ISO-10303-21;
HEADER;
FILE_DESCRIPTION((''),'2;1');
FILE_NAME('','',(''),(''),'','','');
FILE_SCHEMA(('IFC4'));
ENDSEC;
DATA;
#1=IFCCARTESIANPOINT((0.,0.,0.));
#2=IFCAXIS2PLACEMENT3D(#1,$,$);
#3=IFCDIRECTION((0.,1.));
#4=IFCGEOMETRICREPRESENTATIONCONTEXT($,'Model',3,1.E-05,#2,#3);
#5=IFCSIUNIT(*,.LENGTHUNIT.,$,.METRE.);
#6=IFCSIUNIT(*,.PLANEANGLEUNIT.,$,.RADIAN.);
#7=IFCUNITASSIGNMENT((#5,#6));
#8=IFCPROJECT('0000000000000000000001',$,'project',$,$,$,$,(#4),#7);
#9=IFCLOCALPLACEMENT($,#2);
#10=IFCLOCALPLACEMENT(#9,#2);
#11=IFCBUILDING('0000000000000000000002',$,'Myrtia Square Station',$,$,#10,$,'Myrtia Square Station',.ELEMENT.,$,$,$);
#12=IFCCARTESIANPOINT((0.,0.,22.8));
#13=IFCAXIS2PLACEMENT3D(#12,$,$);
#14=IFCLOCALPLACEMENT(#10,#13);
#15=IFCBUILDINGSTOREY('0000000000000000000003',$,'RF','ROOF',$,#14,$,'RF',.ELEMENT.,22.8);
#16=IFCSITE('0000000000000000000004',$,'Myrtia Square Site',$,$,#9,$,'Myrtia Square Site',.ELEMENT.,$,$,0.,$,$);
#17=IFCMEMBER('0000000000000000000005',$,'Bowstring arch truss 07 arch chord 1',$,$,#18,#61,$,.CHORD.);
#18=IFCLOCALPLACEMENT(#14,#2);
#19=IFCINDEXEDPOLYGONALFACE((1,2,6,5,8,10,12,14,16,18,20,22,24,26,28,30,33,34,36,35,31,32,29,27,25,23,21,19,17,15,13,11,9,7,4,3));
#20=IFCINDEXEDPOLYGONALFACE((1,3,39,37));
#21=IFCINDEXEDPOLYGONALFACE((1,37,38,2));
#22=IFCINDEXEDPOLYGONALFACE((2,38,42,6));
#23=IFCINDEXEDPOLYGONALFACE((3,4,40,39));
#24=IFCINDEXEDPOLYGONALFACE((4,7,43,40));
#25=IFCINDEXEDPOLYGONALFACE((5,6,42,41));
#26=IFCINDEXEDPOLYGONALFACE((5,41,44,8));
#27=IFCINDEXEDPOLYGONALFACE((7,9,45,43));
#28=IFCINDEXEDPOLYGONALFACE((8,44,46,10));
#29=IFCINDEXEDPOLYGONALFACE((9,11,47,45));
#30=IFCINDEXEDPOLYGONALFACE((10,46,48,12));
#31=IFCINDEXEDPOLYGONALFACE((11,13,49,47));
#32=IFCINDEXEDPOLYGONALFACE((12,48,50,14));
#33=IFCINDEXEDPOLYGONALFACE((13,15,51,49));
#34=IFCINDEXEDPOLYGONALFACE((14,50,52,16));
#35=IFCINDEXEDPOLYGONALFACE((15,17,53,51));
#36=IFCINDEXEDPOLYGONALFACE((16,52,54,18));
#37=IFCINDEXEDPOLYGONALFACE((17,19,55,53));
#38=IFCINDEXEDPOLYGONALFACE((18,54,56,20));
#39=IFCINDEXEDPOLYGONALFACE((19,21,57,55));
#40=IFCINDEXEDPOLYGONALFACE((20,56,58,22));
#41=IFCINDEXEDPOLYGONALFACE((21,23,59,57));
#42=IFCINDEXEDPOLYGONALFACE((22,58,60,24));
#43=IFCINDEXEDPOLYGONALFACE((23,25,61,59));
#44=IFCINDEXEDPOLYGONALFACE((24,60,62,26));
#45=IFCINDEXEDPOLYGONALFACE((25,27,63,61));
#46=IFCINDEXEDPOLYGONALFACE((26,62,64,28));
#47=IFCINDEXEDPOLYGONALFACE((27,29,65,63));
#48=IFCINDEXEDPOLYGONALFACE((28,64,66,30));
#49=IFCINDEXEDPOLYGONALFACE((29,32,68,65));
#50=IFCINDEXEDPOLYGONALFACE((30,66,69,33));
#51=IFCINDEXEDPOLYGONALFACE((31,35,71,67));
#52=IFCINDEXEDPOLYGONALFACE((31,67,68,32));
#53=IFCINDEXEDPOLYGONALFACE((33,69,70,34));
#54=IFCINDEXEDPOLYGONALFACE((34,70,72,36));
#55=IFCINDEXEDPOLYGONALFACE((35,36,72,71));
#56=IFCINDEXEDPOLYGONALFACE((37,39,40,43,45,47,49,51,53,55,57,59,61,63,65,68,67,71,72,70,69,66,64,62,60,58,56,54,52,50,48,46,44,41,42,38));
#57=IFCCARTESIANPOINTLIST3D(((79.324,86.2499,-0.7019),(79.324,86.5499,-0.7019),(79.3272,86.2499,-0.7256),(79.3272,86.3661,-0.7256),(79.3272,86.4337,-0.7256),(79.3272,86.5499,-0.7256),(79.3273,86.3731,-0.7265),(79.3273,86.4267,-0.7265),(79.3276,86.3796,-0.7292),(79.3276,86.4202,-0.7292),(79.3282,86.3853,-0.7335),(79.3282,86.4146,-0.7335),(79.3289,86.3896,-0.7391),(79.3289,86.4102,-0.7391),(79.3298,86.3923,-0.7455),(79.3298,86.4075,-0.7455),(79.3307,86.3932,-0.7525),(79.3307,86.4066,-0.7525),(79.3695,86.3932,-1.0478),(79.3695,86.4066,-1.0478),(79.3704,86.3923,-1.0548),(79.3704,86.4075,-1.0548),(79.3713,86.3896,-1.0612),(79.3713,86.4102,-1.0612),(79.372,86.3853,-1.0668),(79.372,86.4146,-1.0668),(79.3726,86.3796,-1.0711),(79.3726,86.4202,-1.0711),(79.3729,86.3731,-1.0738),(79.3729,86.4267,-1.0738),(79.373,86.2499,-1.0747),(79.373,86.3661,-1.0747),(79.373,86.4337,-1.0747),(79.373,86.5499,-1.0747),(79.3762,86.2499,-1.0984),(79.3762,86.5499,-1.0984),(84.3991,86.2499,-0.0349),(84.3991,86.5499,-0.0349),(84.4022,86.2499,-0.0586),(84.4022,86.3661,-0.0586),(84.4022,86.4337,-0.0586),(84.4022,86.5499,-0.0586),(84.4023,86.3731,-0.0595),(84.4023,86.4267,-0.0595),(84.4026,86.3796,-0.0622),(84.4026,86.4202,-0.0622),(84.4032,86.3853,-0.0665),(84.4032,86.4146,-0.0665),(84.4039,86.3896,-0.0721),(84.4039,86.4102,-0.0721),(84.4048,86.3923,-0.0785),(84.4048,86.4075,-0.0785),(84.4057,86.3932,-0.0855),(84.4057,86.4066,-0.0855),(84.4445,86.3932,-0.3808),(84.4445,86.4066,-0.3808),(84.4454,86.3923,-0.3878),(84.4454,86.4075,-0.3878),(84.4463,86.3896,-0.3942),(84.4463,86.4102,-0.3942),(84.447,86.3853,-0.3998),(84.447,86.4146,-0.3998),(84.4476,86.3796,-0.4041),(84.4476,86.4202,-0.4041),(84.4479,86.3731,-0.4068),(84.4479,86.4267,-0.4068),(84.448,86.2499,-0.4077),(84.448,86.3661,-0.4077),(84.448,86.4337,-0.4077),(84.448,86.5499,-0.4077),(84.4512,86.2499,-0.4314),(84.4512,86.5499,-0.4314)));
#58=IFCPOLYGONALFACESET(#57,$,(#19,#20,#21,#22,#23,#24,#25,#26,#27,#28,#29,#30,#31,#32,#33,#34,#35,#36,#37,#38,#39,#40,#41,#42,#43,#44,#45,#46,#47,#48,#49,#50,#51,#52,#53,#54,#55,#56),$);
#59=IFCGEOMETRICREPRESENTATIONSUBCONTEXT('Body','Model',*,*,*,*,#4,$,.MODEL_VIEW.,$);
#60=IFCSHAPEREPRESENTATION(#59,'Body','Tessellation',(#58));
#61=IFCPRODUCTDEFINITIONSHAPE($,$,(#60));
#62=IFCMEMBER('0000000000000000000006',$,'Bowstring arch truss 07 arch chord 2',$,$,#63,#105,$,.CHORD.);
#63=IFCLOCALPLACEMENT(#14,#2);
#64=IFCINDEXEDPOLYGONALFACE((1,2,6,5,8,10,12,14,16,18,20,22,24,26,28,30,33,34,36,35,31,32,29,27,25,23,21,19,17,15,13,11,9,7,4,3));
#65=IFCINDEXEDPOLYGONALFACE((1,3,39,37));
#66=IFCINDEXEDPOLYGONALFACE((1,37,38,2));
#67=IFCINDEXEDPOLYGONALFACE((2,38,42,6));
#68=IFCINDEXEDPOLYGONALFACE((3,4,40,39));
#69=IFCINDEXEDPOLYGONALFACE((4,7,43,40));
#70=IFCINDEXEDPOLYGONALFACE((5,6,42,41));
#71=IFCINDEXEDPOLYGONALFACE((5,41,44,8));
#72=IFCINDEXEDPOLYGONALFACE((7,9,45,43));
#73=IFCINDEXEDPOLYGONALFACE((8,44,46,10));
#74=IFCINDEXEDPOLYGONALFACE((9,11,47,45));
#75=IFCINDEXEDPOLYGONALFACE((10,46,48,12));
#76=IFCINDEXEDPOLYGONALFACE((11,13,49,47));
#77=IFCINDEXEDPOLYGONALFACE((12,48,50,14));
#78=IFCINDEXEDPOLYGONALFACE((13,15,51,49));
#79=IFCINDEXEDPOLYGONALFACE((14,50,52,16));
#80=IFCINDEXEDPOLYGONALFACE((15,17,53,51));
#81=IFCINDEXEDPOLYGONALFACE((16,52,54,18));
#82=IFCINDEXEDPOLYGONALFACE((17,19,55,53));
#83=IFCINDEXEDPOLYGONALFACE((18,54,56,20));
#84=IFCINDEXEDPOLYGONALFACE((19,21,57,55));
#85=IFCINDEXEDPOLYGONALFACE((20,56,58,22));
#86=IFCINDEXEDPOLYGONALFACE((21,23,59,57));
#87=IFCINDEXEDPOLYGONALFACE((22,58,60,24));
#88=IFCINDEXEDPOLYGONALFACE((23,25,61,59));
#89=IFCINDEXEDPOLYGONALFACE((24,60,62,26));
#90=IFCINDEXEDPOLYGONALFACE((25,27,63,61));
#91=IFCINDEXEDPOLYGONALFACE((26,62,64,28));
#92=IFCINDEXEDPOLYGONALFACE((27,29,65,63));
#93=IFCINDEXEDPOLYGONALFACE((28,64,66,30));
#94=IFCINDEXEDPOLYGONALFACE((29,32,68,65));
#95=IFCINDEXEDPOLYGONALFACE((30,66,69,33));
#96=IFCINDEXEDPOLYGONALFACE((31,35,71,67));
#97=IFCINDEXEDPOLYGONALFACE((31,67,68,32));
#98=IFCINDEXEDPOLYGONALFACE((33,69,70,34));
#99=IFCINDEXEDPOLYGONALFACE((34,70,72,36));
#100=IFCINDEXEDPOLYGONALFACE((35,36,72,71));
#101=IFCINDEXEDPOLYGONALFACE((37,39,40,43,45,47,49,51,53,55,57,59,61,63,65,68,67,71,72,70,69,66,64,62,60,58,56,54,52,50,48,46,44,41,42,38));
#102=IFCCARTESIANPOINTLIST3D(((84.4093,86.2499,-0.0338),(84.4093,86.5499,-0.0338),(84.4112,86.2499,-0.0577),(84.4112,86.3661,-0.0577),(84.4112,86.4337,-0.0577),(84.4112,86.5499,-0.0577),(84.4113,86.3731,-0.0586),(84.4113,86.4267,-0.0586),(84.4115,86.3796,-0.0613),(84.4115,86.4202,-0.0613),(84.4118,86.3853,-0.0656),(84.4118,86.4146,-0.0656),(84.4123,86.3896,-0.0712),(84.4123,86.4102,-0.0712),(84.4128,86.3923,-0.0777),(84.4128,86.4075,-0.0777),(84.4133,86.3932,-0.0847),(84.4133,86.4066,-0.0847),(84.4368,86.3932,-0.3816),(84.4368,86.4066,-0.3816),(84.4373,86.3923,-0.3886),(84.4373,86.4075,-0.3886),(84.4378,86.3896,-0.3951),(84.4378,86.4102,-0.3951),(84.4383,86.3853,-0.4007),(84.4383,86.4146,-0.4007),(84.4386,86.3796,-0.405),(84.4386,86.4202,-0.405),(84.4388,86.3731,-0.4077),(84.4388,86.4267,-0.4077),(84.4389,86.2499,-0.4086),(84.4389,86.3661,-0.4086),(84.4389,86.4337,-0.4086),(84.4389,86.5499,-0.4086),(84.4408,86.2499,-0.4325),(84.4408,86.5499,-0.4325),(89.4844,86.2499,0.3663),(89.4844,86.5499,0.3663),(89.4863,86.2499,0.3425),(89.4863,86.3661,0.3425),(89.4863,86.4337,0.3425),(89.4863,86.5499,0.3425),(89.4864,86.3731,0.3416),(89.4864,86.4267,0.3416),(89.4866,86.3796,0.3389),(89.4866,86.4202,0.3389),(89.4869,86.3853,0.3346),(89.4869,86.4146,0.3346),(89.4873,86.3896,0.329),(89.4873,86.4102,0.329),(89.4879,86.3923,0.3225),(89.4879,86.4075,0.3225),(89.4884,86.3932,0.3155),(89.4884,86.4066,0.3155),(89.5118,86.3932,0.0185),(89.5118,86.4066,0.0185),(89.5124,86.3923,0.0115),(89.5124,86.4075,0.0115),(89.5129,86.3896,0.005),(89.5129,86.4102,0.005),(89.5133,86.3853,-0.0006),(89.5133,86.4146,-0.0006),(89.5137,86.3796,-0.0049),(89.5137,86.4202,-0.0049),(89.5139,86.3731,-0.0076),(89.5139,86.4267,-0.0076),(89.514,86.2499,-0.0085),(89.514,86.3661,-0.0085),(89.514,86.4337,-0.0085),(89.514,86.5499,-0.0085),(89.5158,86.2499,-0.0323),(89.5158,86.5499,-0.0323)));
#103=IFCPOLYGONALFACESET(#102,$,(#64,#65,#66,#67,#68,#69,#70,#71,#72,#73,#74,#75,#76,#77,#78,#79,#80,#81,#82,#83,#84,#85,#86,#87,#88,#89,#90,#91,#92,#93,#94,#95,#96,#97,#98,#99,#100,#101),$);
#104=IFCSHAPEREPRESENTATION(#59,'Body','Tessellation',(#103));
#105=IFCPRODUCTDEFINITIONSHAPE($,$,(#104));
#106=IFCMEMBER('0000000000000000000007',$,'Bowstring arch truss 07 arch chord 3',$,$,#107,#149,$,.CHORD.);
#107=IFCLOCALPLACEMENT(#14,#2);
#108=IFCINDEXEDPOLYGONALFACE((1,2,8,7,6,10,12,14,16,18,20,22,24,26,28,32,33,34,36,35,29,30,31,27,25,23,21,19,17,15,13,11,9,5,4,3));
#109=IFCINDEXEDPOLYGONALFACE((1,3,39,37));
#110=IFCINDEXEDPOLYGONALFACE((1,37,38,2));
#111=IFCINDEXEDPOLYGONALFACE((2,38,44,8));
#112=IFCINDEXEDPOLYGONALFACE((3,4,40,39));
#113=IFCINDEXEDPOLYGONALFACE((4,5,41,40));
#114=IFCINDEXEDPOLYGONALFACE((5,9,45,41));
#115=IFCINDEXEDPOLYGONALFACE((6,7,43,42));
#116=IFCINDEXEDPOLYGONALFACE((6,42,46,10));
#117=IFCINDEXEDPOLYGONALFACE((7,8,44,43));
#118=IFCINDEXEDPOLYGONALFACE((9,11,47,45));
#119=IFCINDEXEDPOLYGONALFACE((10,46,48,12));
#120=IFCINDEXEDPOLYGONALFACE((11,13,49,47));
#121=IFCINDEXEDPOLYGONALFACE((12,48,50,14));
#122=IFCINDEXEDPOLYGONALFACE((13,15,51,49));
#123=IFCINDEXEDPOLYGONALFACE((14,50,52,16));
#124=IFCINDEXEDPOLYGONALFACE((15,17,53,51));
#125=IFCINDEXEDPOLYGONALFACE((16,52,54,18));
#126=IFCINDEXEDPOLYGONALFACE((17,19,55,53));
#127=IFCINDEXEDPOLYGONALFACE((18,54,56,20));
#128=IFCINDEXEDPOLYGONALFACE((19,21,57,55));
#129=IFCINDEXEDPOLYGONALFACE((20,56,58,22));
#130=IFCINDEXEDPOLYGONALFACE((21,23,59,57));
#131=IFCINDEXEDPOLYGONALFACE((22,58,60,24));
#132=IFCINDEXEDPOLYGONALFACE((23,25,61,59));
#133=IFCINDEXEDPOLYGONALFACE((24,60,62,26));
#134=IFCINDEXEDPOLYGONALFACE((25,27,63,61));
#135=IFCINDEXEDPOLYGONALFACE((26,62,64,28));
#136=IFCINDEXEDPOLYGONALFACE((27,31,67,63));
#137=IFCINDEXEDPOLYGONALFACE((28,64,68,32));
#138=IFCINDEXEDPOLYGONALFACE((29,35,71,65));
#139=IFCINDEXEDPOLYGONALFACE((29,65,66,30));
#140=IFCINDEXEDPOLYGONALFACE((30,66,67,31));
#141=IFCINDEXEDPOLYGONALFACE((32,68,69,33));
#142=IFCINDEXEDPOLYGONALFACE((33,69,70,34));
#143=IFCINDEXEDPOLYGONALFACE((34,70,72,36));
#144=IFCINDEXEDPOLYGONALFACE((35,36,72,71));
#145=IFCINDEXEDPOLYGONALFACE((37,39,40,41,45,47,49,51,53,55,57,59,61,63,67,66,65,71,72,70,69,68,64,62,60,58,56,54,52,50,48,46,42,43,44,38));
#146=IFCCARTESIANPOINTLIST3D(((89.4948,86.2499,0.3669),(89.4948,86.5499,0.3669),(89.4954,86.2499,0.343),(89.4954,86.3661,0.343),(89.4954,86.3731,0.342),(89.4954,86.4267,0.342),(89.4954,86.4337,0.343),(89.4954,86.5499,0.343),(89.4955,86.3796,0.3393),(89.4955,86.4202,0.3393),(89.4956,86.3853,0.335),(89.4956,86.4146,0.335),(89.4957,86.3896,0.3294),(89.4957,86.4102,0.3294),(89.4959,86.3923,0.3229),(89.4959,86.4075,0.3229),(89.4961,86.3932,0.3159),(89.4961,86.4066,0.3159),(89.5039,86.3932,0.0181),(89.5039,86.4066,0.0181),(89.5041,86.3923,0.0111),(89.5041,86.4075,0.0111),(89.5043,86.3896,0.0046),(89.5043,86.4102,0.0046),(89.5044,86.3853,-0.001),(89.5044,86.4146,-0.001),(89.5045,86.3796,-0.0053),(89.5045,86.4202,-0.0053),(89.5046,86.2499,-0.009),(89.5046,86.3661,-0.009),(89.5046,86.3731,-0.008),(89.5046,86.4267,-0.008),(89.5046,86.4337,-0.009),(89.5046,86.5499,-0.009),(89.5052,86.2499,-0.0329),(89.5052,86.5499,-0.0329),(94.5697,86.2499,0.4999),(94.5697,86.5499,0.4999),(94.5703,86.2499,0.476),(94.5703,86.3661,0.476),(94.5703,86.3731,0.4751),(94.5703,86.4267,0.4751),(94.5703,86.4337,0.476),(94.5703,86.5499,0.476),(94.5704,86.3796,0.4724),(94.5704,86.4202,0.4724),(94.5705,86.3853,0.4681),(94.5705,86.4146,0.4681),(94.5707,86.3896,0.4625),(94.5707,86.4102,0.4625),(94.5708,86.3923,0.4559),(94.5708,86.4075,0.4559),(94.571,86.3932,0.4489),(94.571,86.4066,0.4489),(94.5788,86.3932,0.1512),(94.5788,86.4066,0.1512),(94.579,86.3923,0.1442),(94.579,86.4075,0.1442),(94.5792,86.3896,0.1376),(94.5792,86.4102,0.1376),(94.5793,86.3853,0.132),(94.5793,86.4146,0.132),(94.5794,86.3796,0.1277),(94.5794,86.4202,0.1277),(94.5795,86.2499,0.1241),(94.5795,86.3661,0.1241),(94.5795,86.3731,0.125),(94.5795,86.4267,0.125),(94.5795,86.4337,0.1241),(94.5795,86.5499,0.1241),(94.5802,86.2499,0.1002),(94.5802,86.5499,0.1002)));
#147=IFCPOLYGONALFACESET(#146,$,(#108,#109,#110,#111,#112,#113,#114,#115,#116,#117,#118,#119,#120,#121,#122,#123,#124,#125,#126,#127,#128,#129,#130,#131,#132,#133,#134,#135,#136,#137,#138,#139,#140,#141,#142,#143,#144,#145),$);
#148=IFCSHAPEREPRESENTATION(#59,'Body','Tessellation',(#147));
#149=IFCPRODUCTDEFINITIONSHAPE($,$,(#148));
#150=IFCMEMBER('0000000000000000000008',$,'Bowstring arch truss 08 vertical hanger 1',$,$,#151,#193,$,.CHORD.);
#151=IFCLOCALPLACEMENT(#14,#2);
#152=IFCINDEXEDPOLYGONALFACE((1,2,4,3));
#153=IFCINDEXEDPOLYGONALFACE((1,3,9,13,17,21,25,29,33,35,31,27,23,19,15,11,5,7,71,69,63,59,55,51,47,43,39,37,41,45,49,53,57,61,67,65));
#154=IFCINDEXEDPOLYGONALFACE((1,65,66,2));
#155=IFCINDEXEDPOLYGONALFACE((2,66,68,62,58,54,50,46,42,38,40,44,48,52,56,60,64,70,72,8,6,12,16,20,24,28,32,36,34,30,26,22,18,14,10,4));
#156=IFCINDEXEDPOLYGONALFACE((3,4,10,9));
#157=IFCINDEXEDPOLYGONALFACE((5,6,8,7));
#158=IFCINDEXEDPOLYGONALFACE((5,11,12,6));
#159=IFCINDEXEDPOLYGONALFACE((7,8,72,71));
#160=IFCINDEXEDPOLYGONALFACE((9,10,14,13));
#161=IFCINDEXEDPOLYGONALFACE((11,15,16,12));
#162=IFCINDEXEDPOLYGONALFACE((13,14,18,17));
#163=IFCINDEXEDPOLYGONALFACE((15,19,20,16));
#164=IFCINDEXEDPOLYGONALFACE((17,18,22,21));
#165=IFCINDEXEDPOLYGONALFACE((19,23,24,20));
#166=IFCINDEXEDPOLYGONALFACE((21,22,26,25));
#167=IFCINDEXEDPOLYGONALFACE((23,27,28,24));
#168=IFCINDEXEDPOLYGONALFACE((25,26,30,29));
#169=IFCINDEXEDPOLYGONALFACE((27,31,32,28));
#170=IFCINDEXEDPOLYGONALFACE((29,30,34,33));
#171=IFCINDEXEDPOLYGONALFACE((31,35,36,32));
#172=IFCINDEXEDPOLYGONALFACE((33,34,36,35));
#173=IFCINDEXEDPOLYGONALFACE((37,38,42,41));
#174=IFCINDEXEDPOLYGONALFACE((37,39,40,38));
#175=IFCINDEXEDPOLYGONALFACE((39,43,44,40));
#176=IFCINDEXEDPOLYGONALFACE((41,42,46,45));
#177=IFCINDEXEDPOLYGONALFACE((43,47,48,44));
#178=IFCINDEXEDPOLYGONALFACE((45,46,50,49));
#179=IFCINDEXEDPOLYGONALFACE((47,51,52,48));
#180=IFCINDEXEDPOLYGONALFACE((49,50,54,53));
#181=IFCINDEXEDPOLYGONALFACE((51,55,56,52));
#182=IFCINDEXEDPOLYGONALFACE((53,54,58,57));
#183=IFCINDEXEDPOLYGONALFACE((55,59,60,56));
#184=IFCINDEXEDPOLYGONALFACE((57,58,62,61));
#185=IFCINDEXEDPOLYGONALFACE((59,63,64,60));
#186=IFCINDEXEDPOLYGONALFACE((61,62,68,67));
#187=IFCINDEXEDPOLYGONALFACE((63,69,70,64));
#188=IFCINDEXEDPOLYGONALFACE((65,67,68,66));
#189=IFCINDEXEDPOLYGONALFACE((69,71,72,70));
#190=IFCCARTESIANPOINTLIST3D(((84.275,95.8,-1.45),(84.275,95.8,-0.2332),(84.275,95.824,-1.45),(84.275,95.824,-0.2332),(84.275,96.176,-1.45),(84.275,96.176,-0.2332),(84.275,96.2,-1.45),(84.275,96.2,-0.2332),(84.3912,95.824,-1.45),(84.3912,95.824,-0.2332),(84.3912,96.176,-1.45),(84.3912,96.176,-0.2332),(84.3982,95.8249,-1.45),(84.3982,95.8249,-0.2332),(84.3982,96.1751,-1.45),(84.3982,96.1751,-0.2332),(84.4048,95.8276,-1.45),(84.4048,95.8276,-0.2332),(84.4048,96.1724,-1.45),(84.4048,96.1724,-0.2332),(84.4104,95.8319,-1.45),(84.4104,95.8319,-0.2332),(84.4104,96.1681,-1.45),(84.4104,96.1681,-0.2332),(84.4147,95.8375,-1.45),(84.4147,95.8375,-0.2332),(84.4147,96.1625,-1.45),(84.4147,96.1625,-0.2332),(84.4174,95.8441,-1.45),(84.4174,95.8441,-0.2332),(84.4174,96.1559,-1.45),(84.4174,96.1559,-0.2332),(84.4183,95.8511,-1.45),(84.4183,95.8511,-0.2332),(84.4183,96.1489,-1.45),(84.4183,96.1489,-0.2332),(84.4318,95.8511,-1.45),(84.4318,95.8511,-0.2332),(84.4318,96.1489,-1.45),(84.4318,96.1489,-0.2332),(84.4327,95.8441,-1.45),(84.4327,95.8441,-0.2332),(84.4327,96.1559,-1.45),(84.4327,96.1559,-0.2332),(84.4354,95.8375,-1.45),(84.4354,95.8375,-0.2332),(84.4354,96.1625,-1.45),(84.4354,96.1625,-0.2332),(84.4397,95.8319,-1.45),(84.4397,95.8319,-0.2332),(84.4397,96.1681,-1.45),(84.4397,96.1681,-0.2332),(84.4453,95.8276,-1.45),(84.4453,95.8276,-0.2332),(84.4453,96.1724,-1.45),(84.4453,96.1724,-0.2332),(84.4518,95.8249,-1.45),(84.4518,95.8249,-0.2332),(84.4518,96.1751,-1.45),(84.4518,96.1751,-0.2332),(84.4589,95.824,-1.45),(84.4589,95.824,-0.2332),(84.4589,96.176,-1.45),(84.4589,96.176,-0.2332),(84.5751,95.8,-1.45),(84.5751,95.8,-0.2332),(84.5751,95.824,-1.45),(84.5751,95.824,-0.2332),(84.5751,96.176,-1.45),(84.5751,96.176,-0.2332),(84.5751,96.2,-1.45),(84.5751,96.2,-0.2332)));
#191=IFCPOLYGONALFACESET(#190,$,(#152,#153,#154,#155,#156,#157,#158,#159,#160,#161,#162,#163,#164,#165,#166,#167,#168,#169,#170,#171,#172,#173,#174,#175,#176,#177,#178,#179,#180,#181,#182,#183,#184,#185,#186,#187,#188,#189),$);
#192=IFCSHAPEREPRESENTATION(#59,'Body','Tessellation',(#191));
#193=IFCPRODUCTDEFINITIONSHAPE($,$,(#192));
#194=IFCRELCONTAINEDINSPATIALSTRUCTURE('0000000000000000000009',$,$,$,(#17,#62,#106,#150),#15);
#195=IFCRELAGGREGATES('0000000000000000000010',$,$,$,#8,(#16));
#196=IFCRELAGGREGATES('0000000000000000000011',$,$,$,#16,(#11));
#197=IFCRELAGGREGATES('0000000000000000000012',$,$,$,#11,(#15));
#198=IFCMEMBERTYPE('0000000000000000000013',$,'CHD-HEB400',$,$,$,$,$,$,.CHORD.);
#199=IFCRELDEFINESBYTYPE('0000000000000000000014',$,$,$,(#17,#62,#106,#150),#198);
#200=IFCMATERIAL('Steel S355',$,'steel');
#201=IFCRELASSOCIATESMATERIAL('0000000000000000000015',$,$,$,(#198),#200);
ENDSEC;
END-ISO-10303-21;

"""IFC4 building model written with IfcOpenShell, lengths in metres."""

from ifc_helpers import new_model, si_unit, direction, frame, origin, origin_2d, place, context, subcontext, project, spatial, i_section, extrude, material, material_profile, profile_set, type_object, element, save


model = new_model("IFC4")

# Units and contexts
model_context = context("Model", 3, precision=1e-05, world=origin(), true_north=direction((0.0, 1.0)))
body_context = subcontext(model_context, "Body", "Model", "MODEL_VIEW")
ifc_project = project(units=[si_unit("LENGTHUNIT", "METRE"), si_unit("PLANEANGLEUNIT", "RADIAN")], contexts=[model_context])

# Site, building, storey
site_placement = place(None, origin())
site = spatial("IfcSite", under=ifc_project, at=site_placement, Name="Myrtia Square Site", LongName="Myrtia Square Site", CompositionType="ELEMENT", RefElevation=0.0)
building_placement = place(site_placement, origin())
building = spatial("IfcBuilding", under=site, at=building_placement, Name="Myrtia Square Station", LongName="Myrtia Square Station", CompositionType="ELEMENT")
storey_placement = place(building_placement, frame((0.0, 0.0, 22.8)))
storey = spatial("IfcBuildingStorey", under=building, at=storey_placement, Name="RF", Description="ROOF", LongName="RF", CompositionType="ELEMENT", Elevation=22.8)

# Members
ifc_material_1 = material(Name="Steel S355", Category="steel")
ifc_material_profile_1 = material_profile(ifc_material_1, i_section(OverallWidth=0.3, OverallDepth=0.3999, WebThickness=0.0134, FlangeThickness=0.0239, FilletRadius=0.0271, at=origin_2d()), Name="HEB 400")
ifc_profile_set_1 = profile_set([ifc_material_profile_1], Name="Steel S355")
member_type_1 = type_object("IfcMemberType", Name="CHD-HEB400", PredefinedType="CHORD", material=ifc_profile_set_1)
member_1_placement = place(storey_placement, frame((79.3501, 86.3999, -0.9001), z_axis=(0.991474, 0.0, 0.130308), x_axis=(0.0, 1.0, 0.0)))
element("IfcMember", 1, at=member_1_placement, inside=storey, type_object=member_type_1, Name="Bowstring arch truss 07 arch chord 1", PredefinedType="CHORD", context=body_context, shape_type="SweptSolid", body=[
    extrude(i_section(OverallWidth=0.3, OverallDepth=0.3999, WebThickness=0.0134, FlangeThickness=0.0239, FilletRadius=0.0271, at=origin_2d()), origin(), (0.0, 0.0, 1.0), 5.1187),
])
member_2_placement = place(storey_placement, frame((84.425, 86.3999, -0.2332), z_axis=(0.996906, 0.0, 0.078603), x_axis=(0.0, 1.0, 0.0)))
element("IfcMember", 2, at=member_2_placement, inside=storey, type_object=member_type_1, Name="Bowstring arch truss 07 arch chord 2", PredefinedType="CHORD", context=body_context, shape_type="SweptSolid", body=[
    extrude(i_section(OverallWidth=0.3, OverallDepth=0.3999, WebThickness=0.0134, FlangeThickness=0.0239, FilletRadius=0.0271, at=origin_2d()), origin(), (0.0, 0.0, 1.0), 5.0908),
])
member_3_placement = place(storey_placement, frame((89.5, 86.3999, 0.167), z_axis=(0.999656, 0.0, 0.026209), x_axis=(0.0, 1.0, 0.0)))
element("IfcMember", 3, at=member_3_placement, inside=storey, type_object=member_type_1, Name="Bowstring arch truss 07 arch chord 3", PredefinedType="CHORD", context=body_context, shape_type="SweptSolid", body=[
    extrude(i_section(OverallWidth=0.3, OverallDepth=0.3999, WebThickness=0.0134, FlangeThickness=0.0239, FilletRadius=0.0271, at=origin_2d()), origin(), (0.0, 0.0, 1.0), 5.0767),
])
member_4_placement = place(storey_placement, frame((84.425, 96.0, -1.45), z_axis=(0.0, 0.0, 1.0), x_axis=(1.0, 0.0, 0.0)))
element("IfcMember", 4, at=member_4_placement, inside=storey, type_object=member_type_1, Name="Bowstring arch truss 08 vertical hanger 1", PredefinedType="CHORD", context=body_context, shape_type="SweptSolid", body=[
    extrude(i_section(OverallWidth=0.3, OverallDepth=0.3999, WebThickness=0.0134, FlangeThickness=0.0239, FilletRadius=0.0271, at=origin_2d()), origin(), (0.0, 0.0, 1.0), 1.2168),
])

save(model, "model.ifc")
